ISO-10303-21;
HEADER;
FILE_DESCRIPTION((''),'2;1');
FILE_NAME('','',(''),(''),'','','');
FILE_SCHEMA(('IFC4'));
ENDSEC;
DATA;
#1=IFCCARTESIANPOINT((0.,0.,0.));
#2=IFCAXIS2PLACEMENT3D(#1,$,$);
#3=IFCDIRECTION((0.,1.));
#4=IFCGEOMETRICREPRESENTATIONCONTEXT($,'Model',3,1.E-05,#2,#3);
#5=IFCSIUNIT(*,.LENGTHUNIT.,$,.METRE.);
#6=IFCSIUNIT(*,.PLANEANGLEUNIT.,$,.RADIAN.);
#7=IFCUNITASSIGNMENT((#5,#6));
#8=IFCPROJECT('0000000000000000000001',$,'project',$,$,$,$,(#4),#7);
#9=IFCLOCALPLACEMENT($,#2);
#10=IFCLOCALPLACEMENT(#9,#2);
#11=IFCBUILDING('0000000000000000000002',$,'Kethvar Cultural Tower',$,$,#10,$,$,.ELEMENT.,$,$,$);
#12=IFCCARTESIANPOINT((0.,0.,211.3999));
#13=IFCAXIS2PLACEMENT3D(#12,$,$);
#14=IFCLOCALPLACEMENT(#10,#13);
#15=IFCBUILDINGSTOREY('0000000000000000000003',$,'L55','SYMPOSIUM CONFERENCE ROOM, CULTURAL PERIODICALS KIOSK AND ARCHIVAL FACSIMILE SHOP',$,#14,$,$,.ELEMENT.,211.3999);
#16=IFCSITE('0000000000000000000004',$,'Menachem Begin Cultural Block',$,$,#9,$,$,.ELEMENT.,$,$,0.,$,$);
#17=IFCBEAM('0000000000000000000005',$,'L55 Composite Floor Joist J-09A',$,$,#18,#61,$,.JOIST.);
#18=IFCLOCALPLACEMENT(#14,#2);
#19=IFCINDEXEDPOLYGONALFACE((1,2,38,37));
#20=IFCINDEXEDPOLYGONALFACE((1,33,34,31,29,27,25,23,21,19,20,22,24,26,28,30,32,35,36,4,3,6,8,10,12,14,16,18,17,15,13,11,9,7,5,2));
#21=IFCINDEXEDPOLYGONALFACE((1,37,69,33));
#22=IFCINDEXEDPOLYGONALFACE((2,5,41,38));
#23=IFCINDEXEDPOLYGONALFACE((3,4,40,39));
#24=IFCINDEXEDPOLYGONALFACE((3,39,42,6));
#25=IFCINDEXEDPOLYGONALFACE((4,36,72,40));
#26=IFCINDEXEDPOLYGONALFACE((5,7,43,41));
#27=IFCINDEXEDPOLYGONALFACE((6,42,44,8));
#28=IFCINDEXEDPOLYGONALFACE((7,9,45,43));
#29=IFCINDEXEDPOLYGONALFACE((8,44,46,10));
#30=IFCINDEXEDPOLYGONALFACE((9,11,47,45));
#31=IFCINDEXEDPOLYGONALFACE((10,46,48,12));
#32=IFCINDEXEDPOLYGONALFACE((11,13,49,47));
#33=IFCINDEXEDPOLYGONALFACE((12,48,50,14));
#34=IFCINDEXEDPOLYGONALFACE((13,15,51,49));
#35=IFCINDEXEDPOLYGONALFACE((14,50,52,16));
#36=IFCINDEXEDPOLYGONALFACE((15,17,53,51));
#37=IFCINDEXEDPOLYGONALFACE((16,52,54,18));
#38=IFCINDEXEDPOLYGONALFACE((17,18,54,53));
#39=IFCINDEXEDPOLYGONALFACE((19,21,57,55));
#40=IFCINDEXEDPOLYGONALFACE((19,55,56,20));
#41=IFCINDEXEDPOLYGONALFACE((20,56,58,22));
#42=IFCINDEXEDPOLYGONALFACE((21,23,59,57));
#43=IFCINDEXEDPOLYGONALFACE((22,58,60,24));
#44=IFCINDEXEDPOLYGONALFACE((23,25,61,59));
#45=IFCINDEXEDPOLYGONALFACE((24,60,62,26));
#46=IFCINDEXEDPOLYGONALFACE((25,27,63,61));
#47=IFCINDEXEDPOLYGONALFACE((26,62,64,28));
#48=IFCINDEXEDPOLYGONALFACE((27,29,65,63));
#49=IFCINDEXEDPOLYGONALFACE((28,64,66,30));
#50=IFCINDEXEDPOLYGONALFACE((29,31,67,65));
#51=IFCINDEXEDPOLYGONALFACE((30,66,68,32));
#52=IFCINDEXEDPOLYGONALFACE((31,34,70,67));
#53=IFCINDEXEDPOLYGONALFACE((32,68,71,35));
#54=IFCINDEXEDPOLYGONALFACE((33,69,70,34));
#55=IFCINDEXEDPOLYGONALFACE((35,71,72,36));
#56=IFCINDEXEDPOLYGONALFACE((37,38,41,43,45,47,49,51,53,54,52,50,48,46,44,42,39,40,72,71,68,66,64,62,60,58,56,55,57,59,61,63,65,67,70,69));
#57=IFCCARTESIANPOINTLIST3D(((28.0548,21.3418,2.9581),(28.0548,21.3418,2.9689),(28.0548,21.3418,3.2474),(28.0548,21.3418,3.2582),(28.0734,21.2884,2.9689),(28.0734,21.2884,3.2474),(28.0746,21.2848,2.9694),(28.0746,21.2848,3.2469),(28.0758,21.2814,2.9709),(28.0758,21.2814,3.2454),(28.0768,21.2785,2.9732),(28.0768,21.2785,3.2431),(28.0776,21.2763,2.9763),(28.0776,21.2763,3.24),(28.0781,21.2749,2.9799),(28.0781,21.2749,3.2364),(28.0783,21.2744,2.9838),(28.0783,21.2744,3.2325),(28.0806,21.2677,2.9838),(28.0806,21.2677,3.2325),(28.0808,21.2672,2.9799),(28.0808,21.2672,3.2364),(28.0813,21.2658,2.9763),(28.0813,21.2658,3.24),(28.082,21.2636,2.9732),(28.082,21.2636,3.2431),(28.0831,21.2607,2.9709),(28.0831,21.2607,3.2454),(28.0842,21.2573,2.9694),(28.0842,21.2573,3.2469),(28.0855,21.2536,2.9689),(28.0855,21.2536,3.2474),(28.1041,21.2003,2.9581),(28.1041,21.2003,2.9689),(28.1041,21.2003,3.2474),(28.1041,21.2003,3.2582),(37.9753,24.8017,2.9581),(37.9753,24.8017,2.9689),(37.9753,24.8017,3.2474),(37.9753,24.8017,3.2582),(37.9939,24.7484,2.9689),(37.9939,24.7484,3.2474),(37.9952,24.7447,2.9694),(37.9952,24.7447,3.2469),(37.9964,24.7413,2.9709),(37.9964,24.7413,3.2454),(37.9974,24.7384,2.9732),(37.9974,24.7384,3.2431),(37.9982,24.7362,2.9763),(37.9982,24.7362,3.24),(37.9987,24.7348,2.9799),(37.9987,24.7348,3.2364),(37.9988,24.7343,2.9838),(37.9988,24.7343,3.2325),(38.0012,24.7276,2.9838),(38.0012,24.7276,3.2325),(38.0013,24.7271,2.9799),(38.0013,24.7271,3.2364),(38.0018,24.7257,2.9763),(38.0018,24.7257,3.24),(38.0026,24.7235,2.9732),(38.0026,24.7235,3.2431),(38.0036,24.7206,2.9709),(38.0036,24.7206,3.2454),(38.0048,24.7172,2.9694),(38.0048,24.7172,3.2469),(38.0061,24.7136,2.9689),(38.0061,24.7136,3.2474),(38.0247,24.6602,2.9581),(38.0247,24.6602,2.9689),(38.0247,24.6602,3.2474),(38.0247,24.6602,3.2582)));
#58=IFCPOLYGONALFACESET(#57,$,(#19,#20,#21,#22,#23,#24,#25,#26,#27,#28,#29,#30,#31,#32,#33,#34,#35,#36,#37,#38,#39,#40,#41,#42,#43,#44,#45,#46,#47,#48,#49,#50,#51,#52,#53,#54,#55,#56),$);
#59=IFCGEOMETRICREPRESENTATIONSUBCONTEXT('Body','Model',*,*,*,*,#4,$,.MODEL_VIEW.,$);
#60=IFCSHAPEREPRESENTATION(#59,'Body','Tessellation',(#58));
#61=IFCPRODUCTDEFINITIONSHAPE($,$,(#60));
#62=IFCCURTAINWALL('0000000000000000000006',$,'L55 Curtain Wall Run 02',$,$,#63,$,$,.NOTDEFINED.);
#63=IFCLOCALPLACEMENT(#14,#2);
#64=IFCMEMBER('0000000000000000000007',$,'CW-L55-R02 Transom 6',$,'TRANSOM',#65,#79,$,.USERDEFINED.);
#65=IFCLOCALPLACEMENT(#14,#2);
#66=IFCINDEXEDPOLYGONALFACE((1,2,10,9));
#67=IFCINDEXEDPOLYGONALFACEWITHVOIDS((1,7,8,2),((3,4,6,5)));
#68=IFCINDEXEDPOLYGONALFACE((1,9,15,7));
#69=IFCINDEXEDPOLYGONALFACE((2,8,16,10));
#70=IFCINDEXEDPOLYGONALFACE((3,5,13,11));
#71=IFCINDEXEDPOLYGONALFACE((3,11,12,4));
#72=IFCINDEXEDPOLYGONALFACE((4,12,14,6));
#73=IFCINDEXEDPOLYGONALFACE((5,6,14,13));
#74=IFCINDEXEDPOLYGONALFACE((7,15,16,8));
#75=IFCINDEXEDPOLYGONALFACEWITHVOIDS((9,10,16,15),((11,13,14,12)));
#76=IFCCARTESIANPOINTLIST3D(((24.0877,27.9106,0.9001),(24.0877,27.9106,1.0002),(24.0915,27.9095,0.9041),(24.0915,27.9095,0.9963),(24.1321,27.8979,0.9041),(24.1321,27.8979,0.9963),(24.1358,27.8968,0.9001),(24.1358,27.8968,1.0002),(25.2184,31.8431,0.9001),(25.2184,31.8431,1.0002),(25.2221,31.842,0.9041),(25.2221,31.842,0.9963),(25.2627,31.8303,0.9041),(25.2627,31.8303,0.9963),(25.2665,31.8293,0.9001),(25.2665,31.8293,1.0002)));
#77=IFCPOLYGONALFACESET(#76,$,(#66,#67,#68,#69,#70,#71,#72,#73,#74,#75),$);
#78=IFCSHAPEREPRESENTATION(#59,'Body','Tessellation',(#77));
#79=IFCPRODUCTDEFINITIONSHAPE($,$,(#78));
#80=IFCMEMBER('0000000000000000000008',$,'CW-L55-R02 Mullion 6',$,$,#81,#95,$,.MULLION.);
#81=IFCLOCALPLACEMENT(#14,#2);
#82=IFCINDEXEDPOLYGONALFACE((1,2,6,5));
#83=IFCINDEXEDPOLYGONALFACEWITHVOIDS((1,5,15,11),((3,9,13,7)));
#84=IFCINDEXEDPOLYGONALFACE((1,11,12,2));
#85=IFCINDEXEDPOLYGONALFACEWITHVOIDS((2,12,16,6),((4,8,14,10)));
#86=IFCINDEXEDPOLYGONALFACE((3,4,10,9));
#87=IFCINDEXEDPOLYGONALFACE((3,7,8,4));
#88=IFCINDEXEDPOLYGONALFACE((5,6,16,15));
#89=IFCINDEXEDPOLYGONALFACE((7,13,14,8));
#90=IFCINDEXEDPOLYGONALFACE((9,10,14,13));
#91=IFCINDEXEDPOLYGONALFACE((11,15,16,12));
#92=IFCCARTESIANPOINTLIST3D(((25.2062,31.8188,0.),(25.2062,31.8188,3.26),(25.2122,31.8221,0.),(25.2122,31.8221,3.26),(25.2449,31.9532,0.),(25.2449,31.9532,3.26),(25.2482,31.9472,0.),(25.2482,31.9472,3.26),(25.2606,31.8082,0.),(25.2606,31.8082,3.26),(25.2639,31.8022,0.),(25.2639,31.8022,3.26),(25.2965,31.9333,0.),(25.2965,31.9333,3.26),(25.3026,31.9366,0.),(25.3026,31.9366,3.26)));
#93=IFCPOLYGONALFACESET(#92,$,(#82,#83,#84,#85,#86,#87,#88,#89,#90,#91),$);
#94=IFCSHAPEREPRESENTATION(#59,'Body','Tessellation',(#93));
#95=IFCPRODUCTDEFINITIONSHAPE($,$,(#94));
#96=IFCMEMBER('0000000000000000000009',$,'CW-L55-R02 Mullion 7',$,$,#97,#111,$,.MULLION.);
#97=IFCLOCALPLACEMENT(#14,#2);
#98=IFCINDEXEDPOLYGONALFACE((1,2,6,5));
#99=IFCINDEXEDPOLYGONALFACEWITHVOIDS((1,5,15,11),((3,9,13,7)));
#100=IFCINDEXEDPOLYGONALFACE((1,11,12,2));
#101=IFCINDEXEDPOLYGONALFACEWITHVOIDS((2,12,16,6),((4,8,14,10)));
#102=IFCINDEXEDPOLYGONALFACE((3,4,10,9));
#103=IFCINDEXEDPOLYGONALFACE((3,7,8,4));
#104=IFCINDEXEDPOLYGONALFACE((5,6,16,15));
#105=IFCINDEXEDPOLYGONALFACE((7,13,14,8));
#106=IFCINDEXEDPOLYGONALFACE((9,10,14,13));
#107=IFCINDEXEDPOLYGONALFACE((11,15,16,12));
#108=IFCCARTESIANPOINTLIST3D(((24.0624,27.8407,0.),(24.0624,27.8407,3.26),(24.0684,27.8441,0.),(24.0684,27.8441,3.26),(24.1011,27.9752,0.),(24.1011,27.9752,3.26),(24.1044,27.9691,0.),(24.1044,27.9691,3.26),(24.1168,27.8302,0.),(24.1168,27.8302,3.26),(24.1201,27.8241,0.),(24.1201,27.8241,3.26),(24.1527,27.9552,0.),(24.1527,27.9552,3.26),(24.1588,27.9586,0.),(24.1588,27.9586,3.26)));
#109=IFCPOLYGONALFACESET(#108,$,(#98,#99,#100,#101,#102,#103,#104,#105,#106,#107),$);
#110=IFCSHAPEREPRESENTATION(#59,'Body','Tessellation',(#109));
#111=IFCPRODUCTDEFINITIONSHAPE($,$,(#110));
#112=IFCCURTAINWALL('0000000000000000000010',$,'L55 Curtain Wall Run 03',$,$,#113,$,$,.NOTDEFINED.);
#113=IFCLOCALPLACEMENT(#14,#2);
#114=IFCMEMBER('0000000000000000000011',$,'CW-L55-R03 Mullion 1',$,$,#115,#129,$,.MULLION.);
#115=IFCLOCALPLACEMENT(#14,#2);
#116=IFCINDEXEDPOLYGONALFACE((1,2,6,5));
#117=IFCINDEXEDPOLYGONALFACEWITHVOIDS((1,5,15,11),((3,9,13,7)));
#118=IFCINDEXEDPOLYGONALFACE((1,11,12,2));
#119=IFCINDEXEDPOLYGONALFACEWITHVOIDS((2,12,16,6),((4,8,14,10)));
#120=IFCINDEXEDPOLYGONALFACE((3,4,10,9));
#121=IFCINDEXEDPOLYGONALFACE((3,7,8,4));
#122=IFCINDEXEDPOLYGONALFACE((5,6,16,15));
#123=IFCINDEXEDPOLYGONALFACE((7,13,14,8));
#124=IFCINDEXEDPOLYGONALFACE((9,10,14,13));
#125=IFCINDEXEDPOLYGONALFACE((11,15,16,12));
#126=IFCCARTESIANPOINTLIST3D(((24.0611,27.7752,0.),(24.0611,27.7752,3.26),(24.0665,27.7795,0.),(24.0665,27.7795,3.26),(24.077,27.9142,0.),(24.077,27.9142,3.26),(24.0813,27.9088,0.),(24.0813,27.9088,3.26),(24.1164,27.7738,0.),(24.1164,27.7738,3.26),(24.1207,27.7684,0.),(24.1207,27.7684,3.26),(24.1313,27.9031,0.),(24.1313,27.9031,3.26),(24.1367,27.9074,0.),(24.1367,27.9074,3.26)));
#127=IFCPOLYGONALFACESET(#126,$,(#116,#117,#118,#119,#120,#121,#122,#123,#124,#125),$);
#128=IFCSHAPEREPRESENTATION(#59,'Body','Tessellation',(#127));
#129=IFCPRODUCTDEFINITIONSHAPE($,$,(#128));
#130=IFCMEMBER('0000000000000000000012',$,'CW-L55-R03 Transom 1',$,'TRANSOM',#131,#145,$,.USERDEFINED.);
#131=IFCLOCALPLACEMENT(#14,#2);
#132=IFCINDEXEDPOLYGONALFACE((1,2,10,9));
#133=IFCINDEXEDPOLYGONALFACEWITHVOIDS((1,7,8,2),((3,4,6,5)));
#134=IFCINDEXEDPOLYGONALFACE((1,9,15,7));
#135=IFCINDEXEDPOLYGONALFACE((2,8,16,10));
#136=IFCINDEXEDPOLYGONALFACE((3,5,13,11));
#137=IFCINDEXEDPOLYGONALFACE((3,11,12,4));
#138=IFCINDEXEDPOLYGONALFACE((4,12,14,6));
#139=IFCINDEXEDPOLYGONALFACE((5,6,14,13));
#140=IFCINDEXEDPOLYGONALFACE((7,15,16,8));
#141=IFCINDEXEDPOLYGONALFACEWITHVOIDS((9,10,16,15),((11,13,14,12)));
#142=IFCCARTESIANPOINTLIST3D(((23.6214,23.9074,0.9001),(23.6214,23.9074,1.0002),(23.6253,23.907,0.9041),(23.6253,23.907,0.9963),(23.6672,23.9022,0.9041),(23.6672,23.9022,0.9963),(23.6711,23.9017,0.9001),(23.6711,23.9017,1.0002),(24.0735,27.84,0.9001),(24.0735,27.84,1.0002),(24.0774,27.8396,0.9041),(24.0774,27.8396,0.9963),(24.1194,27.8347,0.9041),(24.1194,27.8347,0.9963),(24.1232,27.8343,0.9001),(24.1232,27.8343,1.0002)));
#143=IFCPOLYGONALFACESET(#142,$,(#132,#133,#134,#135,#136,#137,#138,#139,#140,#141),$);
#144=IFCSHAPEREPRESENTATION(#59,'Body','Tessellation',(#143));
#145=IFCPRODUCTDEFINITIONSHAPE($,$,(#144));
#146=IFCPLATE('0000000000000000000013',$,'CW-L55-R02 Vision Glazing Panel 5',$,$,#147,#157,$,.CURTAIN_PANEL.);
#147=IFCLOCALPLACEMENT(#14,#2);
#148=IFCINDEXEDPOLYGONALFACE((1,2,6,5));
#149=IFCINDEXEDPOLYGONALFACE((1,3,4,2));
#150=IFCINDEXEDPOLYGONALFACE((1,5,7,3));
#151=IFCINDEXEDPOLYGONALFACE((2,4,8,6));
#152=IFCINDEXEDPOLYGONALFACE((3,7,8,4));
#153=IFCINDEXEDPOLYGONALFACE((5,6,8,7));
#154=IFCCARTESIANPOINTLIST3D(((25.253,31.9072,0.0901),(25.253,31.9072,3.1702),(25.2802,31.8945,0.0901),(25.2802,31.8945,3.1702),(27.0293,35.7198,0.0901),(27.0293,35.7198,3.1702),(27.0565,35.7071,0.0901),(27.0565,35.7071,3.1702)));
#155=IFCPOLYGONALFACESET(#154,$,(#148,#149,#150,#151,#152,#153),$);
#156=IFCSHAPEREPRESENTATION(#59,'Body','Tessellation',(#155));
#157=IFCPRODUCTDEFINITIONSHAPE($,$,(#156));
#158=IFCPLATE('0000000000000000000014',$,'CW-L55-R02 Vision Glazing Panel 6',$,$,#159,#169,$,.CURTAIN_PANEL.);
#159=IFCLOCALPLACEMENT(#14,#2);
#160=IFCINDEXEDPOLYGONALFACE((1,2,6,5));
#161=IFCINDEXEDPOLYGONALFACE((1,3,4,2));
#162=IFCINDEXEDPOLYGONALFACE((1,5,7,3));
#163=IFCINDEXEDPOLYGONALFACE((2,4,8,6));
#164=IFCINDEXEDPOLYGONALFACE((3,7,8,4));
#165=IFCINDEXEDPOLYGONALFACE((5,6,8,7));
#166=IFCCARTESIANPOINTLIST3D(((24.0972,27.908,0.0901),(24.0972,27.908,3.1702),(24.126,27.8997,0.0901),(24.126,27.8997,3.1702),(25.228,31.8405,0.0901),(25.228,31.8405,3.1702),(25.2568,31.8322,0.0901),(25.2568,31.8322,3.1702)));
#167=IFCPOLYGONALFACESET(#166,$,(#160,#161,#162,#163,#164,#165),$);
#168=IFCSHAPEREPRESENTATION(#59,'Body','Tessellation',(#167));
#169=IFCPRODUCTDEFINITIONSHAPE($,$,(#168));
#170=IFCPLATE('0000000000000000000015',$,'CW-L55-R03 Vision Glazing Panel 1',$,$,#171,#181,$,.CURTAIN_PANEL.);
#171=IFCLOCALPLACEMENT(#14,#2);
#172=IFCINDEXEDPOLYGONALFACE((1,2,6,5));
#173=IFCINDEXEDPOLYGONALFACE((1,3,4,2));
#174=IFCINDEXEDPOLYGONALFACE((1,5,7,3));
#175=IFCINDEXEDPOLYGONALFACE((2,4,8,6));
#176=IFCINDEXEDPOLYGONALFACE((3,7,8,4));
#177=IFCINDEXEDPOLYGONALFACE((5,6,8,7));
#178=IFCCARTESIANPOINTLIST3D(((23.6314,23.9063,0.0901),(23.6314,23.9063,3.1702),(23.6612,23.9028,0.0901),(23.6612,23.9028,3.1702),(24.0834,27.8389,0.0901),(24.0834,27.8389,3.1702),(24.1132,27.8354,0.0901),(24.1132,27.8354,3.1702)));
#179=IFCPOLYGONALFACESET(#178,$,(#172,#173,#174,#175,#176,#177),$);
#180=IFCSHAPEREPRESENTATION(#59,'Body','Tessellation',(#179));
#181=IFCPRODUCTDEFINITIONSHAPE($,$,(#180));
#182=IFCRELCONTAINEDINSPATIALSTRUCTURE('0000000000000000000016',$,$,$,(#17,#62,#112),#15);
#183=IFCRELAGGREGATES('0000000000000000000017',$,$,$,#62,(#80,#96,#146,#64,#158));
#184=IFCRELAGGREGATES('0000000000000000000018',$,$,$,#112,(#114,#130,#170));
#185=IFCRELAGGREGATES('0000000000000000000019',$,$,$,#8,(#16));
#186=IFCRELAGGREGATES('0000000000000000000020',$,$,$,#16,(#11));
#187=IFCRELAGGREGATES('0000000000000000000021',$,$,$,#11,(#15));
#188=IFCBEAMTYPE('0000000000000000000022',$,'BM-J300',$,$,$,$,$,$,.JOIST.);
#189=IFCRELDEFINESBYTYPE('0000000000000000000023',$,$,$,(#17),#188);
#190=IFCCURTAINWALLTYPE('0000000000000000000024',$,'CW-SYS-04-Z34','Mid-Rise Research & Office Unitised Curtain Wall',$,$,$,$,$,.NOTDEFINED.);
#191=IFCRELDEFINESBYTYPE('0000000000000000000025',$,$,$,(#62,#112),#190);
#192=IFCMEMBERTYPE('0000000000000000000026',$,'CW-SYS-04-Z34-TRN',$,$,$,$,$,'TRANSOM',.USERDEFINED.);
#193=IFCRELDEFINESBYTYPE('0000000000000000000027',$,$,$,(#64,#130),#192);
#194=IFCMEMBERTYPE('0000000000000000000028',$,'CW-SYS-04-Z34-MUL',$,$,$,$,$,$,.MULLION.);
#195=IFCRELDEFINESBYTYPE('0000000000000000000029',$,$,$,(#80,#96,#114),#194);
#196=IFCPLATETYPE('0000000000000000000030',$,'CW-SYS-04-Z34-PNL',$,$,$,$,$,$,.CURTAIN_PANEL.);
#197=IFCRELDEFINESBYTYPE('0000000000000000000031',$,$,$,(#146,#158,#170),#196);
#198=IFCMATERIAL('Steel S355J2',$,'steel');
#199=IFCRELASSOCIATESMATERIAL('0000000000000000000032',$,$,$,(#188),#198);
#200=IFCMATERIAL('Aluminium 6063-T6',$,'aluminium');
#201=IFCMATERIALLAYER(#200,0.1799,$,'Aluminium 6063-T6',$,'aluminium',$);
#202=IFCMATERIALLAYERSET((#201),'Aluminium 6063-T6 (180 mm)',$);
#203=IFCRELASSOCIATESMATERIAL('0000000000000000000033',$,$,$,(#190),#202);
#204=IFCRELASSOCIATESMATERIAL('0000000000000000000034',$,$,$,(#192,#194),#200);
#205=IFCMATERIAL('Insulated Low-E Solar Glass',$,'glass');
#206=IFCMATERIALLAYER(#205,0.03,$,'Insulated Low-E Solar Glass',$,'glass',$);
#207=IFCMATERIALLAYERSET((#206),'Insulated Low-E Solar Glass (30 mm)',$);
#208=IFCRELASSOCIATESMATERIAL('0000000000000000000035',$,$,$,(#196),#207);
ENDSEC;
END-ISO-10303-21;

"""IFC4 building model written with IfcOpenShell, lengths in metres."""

from ifc_helpers import new_model, si_unit, direction, frame, origin, origin_2d, place, context, subcontext, project, spatial, rectangle, hollow_rectangle, i_section, extrude, source, transform, mapped, material, layer, layer_set, material_profile, profile_set, type_object, element, aggregate, save


model = new_model("IFC4")

# Units and contexts
model_context = context("Model", 3, precision=1e-05, world=origin(), true_north=direction((0.0, 1.0)))
body_context = subcontext(model_context, "Body", "Model", "MODEL_VIEW")
ifc_project = project(units=[si_unit("LENGTHUNIT", "METRE"), si_unit("PLANEANGLEUNIT", "RADIAN")], contexts=[model_context])

# Site, building, storey
site_placement = place(None, origin())
site = spatial("IfcSite", under=ifc_project, at=site_placement, Name="Menachem Begin Cultural Block", CompositionType="ELEMENT", RefElevation=0.0)
building_placement = place(site_placement, origin())
building = spatial("IfcBuilding", under=site, at=building_placement, Name="Kethvar Cultural Tower", CompositionType="ELEMENT")
storey_placement = place(building_placement, frame((0.0, 0.0, 211.3999)))
storey = spatial("IfcBuildingStorey", under=building, at=storey_placement, Name="L55", Description="SYMPOSIUM CONFERENCE ROOM, CULTURAL PERIODICALS KIOSK AND ARCHIVAL FACSIMILE SHOP", CompositionType="ELEMENT", Elevation=211.3999)

# Beam
ifc_material_1 = material(Name="Steel S355J2", Category="steel")
ifc_material_profile_1 = material_profile(ifc_material_1, i_section(OverallWidth=0.1499, OverallDepth=0.3, WebThickness=0.0071, FlangeThickness=0.0107, FilletRadius=0.0149, at=origin_2d()), Name="Steel S355J2 — IPE300")
ifc_profile_set_1 = profile_set([ifc_material_profile_1], Name="Steel S355J2 — IPE300")
beam_type_1 = type_object("IfcBeamType", Name="BM-J300", PredefinedType="JOIST", material=ifc_profile_set_1)
shared_shape_1 = source(origin(), body_context, "Body", "SweptSolid", [
    extrude(i_section(OverallWidth=0.1499, OverallDepth=0.3, WebThickness=0.0071, FlangeThickness=0.0107, FilletRadius=0.0149, at=origin_2d()), origin(), (0.0, 0.0, 1.0), 10.5066),
])
beam_1_placement = place(storey_placement, frame((38.0, 24.731, 3.1082), z_axis=(-0.944222, -0.32931, 0.0), x_axis=(0.32931, -0.944222, 0.0)))
element("IfcBeam", 1, at=beam_1_placement, inside=storey, type_object=beam_type_1, Name="L55 Composite Floor Joist J-09A", PredefinedType="JOIST", context=body_context, shape_type="MappedRepresentation", body=[
    mapped(shared_shape_1, transform((0.0, 0.0, 0.0), scale=1.0)),
])

# Curtain walls, members
ifc_material_2 = material(Name="Aluminium 6063-T6", Category="aluminium")
ifc_layer_1 = layer(ifc_material_2, 0.1799, Name="Aluminium 6063-T6", Category="aluminium")
ifc_layer_set_1 = layer_set([ifc_layer_1], Name="Aluminium 6063-T6 (180 mm)")
curtain_wall_type = type_object("IfcCurtainWallType", Name="CW-SYS-04-Z34", Description="Mid-Rise Research & Office Unitised Curtain Wall", PredefinedType="NOTDEFINED", material=ifc_layer_set_1)
curtain_wall_1_placement = place(storey_placement, origin())
curtain_wall_1 = element("IfcCurtainWall", 2, at=curtain_wall_1_placement, inside=storey, type_object=curtain_wall_type, Name="L55 Curtain Wall Run 02", PredefinedType="NOTDEFINED")
ifc_material_profile_2 = material_profile(ifc_material_2, hollow_rectangle(XDim=0.05, YDim=0.1001, WallThickness=0.0039, at=origin_2d()), Name="Aluminium 6063-T6 — RHS100x50x4")
ifc_profile_set_2 = profile_set([ifc_material_profile_2], Name="Aluminium 6063-T6 — RHS100x50x4")
member_type_1 = type_object("IfcMemberType", Name="CW-SYS-04-Z34-TRN", ElementType="TRANSOM", PredefinedType="USERDEFINED", material=ifc_profile_set_2)
shared_shape_2 = source(origin(), body_context, "Body", "SweptSolid", [
    extrude(hollow_rectangle(XDim=0.05, YDim=0.1001, WallThickness=0.0039, at=origin_2d()), origin(), (0.0, 0.0, 1.0), 4.0918),
])
member_1_placement = place(storey_placement, frame((25.2424, 31.8362, 0.9502), z_axis=(-0.276321, -0.961066, 0.0), x_axis=(0.961066, -0.276321, 0.0)))
member_1 = element("IfcMember", 3, at=member_1_placement, type_object=member_type_1, Name="CW-L55-R02 Transom 6", ObjectType="TRANSOM", PredefinedType="USERDEFINED", context=body_context, shape_type="MappedRepresentation", body=[
    mapped(shared_shape_2, transform((0.0, 0.0, 0.0), scale=1.0)),
])
ifc_material_profile_3 = material_profile(ifc_material_2, hollow_rectangle(XDim=0.0601, YDim=0.1399, WallThickness=0.0049, at=origin_2d()), Name="Aluminium 6063-T6 — RHS140x60x5")
ifc_profile_set_3 = profile_set([ifc_material_profile_3], Name="Aluminium 6063-T6 — RHS140x60x5")
member_type_2 = type_object("IfcMemberType", Name="CW-SYS-04-Z34-MUL", PredefinedType="MULLION", material=ifc_profile_set_3)
shared_shape_3 = source(origin(), body_context, "Body", "SweptSolid", [
    extrude(hollow_rectangle(XDim=0.0601, YDim=0.1399, WallThickness=0.0049, at=origin_2d()), origin(), (0.0, 0.0, 1.0), 3.26),
])
member_2_placement = place(storey_placement, frame((25.2544, 31.8777, 0.0), z_axis=(0.0, 0.0, 1.0), x_axis=(0.961055, -0.276359, 0.0)))
member_2 = element("IfcMember", 4, at=member_2_placement, type_object=member_type_2, Name="CW-L55-R02 Mullion 6", PredefinedType="MULLION", context=body_context, shape_type="MappedRepresentation", body=[
    mapped(shared_shape_3, transform((0.0, 0.0, 0.0), scale=1.0)),
])
member_3_placement = place(storey_placement, frame((24.1106, 27.8997, 0.0), z_axis=(0.0, 0.0, 1.0), x_axis=(0.961055, -0.276359, 0.0)))
member_3 = element("IfcMember", 5, at=member_3_placement, type_object=member_type_2, Name="CW-L55-R02 Mullion 7", PredefinedType="MULLION", context=body_context, shape_type="MappedRepresentation", body=[
    mapped(shared_shape_3, transform((0.0, 0.0, 0.0), scale=1.0)),
])
curtain_wall_2_placement = place(storey_placement, origin())
curtain_wall_2 = element("IfcCurtainWall", 6, at=curtain_wall_2_placement, inside=storey, type_object=curtain_wall_type, Name="L55 Curtain Wall Run 03", PredefinedType="NOTDEFINED")
member_4_placement = place(storey_placement, frame((24.0989, 27.8413, 0.0), z_axis=(0.0, 0.0, 1.0), x_axis=(0.993459, -0.114192, 0.0)))
member_4 = element("IfcMember", 7, at=member_4_placement, type_object=member_type_2, Name="CW-L55-R03 Mullion 1", PredefinedType="MULLION", context=body_context, shape_type="MappedRepresentation", body=[
    mapped(shared_shape_3, transform((0.0, 0.0, 0.0), scale=1.0)),
])
shared_shape_4 = source(origin(), body_context, "Body", "SweptSolid", [
    extrude(hollow_rectangle(XDim=0.05, YDim=0.1001, WallThickness=0.0039, at=origin_2d()), origin(), (0.0, 0.0, 1.0), 3.9585),
])
member_5_placement = place(storey_placement, frame((24.0984, 27.8372, 0.9502), z_axis=(-0.114221, -0.993455, 0.0), x_axis=(0.993455, -0.114221, 0.0)))
member_5 = element("IfcMember", 8, at=member_5_placement, type_object=member_type_1, Name="CW-L55-R03 Transom 1", ObjectType="TRANSOM", PredefinedType="USERDEFINED", context=body_context, shape_type="MappedRepresentation", body=[
    mapped(shared_shape_4, transform((0.0, 0.0, 0.0), scale=1.0)),
])

# Plates
ifc_material_3 = material(Name="Insulated Low-E Solar Glass", Category="glass")
ifc_layer_2 = layer(ifc_material_3, 0.03, Name="Insulated Low-E Solar Glass", Category="glass")
ifc_layer_set_2 = layer_set([ifc_layer_2], Name="Insulated Low-E Solar Glass (30 mm)")
plate_type = type_object("IfcPlateType", Name="CW-SYS-04-Z34-PNL", PredefinedType="CURTAIN_PANEL", material=ifc_layer_set_2)
shared_shape_5 = source(origin(), body_context, "Body", "SweptSolid", [
    extrude(rectangle(XDim=4.2061, YDim=0.03, at=origin_2d()), origin(), (0.0, 0.0, 1.0), 3.0801),
])
plate_1_placement = place(storey_placement, frame((26.1548, 33.8071, 0.0901), z_axis=(0.0, 0.0, 1.0), x_axis=(-0.422318, -0.906448, 0.0)))
plate_1 = element("IfcPlate", 9, at=plate_1_placement, type_object=plate_type, Name="CW-L55-R02 Vision Glazing Panel 5", PredefinedType="CURTAIN_PANEL", context=body_context, shape_type="MappedRepresentation", body=[
    mapped(shared_shape_5, transform((0.0, 0.0, 0.0), scale=1.0)),
])
shared_shape_6 = source(origin(), body_context, "Body", "SweptSolid", [
    extrude(rectangle(XDim=4.0918, YDim=0.03, at=origin_2d()), origin(), (0.0, 0.0, 1.0), 3.0801),
])
plate_2_placement = place(storey_placement, frame((24.677, 29.8701, 0.0901), z_axis=(0.0, 0.0, 1.0), x_axis=(-0.276359, -0.961055, 0.0)))
plate_2 = element("IfcPlate", 10, at=plate_2_placement, type_object=plate_type, Name="CW-L55-R02 Vision Glazing Panel 6", PredefinedType="CURTAIN_PANEL", context=body_context, shape_type="MappedRepresentation", body=[
    mapped(shared_shape_6, transform((0.0, 0.0, 0.0), scale=1.0)),
])
aggregate(curtain_wall_1, [member_2, member_3, plate_1, member_1, plate_2])
shared_shape_7 = source(origin(), body_context, "Body", "SweptSolid", [
    extrude(rectangle(XDim=3.9585, YDim=0.03, at=origin_2d()), origin(), (0.0, 0.0, 1.0), 3.0801),
])
plate_3_placement = place(storey_placement, frame((23.8723, 25.8708, 0.0901), z_axis=(0.0, 0.0, 1.0), x_axis=(-0.114192, -0.993459, 0.0)))
plate_3 = element("IfcPlate", 11, at=plate_3_placement, type_object=plate_type, Name="CW-L55-R03 Vision Glazing Panel 1", PredefinedType="CURTAIN_PANEL", context=body_context, shape_type="MappedRepresentation", body=[
    mapped(shared_shape_7, transform((0.0, 0.0, 0.0), scale=1.0)),
])
aggregate(curtain_wall_2, [member_4, member_5, plate_3])

save(model, "model.ifc")
